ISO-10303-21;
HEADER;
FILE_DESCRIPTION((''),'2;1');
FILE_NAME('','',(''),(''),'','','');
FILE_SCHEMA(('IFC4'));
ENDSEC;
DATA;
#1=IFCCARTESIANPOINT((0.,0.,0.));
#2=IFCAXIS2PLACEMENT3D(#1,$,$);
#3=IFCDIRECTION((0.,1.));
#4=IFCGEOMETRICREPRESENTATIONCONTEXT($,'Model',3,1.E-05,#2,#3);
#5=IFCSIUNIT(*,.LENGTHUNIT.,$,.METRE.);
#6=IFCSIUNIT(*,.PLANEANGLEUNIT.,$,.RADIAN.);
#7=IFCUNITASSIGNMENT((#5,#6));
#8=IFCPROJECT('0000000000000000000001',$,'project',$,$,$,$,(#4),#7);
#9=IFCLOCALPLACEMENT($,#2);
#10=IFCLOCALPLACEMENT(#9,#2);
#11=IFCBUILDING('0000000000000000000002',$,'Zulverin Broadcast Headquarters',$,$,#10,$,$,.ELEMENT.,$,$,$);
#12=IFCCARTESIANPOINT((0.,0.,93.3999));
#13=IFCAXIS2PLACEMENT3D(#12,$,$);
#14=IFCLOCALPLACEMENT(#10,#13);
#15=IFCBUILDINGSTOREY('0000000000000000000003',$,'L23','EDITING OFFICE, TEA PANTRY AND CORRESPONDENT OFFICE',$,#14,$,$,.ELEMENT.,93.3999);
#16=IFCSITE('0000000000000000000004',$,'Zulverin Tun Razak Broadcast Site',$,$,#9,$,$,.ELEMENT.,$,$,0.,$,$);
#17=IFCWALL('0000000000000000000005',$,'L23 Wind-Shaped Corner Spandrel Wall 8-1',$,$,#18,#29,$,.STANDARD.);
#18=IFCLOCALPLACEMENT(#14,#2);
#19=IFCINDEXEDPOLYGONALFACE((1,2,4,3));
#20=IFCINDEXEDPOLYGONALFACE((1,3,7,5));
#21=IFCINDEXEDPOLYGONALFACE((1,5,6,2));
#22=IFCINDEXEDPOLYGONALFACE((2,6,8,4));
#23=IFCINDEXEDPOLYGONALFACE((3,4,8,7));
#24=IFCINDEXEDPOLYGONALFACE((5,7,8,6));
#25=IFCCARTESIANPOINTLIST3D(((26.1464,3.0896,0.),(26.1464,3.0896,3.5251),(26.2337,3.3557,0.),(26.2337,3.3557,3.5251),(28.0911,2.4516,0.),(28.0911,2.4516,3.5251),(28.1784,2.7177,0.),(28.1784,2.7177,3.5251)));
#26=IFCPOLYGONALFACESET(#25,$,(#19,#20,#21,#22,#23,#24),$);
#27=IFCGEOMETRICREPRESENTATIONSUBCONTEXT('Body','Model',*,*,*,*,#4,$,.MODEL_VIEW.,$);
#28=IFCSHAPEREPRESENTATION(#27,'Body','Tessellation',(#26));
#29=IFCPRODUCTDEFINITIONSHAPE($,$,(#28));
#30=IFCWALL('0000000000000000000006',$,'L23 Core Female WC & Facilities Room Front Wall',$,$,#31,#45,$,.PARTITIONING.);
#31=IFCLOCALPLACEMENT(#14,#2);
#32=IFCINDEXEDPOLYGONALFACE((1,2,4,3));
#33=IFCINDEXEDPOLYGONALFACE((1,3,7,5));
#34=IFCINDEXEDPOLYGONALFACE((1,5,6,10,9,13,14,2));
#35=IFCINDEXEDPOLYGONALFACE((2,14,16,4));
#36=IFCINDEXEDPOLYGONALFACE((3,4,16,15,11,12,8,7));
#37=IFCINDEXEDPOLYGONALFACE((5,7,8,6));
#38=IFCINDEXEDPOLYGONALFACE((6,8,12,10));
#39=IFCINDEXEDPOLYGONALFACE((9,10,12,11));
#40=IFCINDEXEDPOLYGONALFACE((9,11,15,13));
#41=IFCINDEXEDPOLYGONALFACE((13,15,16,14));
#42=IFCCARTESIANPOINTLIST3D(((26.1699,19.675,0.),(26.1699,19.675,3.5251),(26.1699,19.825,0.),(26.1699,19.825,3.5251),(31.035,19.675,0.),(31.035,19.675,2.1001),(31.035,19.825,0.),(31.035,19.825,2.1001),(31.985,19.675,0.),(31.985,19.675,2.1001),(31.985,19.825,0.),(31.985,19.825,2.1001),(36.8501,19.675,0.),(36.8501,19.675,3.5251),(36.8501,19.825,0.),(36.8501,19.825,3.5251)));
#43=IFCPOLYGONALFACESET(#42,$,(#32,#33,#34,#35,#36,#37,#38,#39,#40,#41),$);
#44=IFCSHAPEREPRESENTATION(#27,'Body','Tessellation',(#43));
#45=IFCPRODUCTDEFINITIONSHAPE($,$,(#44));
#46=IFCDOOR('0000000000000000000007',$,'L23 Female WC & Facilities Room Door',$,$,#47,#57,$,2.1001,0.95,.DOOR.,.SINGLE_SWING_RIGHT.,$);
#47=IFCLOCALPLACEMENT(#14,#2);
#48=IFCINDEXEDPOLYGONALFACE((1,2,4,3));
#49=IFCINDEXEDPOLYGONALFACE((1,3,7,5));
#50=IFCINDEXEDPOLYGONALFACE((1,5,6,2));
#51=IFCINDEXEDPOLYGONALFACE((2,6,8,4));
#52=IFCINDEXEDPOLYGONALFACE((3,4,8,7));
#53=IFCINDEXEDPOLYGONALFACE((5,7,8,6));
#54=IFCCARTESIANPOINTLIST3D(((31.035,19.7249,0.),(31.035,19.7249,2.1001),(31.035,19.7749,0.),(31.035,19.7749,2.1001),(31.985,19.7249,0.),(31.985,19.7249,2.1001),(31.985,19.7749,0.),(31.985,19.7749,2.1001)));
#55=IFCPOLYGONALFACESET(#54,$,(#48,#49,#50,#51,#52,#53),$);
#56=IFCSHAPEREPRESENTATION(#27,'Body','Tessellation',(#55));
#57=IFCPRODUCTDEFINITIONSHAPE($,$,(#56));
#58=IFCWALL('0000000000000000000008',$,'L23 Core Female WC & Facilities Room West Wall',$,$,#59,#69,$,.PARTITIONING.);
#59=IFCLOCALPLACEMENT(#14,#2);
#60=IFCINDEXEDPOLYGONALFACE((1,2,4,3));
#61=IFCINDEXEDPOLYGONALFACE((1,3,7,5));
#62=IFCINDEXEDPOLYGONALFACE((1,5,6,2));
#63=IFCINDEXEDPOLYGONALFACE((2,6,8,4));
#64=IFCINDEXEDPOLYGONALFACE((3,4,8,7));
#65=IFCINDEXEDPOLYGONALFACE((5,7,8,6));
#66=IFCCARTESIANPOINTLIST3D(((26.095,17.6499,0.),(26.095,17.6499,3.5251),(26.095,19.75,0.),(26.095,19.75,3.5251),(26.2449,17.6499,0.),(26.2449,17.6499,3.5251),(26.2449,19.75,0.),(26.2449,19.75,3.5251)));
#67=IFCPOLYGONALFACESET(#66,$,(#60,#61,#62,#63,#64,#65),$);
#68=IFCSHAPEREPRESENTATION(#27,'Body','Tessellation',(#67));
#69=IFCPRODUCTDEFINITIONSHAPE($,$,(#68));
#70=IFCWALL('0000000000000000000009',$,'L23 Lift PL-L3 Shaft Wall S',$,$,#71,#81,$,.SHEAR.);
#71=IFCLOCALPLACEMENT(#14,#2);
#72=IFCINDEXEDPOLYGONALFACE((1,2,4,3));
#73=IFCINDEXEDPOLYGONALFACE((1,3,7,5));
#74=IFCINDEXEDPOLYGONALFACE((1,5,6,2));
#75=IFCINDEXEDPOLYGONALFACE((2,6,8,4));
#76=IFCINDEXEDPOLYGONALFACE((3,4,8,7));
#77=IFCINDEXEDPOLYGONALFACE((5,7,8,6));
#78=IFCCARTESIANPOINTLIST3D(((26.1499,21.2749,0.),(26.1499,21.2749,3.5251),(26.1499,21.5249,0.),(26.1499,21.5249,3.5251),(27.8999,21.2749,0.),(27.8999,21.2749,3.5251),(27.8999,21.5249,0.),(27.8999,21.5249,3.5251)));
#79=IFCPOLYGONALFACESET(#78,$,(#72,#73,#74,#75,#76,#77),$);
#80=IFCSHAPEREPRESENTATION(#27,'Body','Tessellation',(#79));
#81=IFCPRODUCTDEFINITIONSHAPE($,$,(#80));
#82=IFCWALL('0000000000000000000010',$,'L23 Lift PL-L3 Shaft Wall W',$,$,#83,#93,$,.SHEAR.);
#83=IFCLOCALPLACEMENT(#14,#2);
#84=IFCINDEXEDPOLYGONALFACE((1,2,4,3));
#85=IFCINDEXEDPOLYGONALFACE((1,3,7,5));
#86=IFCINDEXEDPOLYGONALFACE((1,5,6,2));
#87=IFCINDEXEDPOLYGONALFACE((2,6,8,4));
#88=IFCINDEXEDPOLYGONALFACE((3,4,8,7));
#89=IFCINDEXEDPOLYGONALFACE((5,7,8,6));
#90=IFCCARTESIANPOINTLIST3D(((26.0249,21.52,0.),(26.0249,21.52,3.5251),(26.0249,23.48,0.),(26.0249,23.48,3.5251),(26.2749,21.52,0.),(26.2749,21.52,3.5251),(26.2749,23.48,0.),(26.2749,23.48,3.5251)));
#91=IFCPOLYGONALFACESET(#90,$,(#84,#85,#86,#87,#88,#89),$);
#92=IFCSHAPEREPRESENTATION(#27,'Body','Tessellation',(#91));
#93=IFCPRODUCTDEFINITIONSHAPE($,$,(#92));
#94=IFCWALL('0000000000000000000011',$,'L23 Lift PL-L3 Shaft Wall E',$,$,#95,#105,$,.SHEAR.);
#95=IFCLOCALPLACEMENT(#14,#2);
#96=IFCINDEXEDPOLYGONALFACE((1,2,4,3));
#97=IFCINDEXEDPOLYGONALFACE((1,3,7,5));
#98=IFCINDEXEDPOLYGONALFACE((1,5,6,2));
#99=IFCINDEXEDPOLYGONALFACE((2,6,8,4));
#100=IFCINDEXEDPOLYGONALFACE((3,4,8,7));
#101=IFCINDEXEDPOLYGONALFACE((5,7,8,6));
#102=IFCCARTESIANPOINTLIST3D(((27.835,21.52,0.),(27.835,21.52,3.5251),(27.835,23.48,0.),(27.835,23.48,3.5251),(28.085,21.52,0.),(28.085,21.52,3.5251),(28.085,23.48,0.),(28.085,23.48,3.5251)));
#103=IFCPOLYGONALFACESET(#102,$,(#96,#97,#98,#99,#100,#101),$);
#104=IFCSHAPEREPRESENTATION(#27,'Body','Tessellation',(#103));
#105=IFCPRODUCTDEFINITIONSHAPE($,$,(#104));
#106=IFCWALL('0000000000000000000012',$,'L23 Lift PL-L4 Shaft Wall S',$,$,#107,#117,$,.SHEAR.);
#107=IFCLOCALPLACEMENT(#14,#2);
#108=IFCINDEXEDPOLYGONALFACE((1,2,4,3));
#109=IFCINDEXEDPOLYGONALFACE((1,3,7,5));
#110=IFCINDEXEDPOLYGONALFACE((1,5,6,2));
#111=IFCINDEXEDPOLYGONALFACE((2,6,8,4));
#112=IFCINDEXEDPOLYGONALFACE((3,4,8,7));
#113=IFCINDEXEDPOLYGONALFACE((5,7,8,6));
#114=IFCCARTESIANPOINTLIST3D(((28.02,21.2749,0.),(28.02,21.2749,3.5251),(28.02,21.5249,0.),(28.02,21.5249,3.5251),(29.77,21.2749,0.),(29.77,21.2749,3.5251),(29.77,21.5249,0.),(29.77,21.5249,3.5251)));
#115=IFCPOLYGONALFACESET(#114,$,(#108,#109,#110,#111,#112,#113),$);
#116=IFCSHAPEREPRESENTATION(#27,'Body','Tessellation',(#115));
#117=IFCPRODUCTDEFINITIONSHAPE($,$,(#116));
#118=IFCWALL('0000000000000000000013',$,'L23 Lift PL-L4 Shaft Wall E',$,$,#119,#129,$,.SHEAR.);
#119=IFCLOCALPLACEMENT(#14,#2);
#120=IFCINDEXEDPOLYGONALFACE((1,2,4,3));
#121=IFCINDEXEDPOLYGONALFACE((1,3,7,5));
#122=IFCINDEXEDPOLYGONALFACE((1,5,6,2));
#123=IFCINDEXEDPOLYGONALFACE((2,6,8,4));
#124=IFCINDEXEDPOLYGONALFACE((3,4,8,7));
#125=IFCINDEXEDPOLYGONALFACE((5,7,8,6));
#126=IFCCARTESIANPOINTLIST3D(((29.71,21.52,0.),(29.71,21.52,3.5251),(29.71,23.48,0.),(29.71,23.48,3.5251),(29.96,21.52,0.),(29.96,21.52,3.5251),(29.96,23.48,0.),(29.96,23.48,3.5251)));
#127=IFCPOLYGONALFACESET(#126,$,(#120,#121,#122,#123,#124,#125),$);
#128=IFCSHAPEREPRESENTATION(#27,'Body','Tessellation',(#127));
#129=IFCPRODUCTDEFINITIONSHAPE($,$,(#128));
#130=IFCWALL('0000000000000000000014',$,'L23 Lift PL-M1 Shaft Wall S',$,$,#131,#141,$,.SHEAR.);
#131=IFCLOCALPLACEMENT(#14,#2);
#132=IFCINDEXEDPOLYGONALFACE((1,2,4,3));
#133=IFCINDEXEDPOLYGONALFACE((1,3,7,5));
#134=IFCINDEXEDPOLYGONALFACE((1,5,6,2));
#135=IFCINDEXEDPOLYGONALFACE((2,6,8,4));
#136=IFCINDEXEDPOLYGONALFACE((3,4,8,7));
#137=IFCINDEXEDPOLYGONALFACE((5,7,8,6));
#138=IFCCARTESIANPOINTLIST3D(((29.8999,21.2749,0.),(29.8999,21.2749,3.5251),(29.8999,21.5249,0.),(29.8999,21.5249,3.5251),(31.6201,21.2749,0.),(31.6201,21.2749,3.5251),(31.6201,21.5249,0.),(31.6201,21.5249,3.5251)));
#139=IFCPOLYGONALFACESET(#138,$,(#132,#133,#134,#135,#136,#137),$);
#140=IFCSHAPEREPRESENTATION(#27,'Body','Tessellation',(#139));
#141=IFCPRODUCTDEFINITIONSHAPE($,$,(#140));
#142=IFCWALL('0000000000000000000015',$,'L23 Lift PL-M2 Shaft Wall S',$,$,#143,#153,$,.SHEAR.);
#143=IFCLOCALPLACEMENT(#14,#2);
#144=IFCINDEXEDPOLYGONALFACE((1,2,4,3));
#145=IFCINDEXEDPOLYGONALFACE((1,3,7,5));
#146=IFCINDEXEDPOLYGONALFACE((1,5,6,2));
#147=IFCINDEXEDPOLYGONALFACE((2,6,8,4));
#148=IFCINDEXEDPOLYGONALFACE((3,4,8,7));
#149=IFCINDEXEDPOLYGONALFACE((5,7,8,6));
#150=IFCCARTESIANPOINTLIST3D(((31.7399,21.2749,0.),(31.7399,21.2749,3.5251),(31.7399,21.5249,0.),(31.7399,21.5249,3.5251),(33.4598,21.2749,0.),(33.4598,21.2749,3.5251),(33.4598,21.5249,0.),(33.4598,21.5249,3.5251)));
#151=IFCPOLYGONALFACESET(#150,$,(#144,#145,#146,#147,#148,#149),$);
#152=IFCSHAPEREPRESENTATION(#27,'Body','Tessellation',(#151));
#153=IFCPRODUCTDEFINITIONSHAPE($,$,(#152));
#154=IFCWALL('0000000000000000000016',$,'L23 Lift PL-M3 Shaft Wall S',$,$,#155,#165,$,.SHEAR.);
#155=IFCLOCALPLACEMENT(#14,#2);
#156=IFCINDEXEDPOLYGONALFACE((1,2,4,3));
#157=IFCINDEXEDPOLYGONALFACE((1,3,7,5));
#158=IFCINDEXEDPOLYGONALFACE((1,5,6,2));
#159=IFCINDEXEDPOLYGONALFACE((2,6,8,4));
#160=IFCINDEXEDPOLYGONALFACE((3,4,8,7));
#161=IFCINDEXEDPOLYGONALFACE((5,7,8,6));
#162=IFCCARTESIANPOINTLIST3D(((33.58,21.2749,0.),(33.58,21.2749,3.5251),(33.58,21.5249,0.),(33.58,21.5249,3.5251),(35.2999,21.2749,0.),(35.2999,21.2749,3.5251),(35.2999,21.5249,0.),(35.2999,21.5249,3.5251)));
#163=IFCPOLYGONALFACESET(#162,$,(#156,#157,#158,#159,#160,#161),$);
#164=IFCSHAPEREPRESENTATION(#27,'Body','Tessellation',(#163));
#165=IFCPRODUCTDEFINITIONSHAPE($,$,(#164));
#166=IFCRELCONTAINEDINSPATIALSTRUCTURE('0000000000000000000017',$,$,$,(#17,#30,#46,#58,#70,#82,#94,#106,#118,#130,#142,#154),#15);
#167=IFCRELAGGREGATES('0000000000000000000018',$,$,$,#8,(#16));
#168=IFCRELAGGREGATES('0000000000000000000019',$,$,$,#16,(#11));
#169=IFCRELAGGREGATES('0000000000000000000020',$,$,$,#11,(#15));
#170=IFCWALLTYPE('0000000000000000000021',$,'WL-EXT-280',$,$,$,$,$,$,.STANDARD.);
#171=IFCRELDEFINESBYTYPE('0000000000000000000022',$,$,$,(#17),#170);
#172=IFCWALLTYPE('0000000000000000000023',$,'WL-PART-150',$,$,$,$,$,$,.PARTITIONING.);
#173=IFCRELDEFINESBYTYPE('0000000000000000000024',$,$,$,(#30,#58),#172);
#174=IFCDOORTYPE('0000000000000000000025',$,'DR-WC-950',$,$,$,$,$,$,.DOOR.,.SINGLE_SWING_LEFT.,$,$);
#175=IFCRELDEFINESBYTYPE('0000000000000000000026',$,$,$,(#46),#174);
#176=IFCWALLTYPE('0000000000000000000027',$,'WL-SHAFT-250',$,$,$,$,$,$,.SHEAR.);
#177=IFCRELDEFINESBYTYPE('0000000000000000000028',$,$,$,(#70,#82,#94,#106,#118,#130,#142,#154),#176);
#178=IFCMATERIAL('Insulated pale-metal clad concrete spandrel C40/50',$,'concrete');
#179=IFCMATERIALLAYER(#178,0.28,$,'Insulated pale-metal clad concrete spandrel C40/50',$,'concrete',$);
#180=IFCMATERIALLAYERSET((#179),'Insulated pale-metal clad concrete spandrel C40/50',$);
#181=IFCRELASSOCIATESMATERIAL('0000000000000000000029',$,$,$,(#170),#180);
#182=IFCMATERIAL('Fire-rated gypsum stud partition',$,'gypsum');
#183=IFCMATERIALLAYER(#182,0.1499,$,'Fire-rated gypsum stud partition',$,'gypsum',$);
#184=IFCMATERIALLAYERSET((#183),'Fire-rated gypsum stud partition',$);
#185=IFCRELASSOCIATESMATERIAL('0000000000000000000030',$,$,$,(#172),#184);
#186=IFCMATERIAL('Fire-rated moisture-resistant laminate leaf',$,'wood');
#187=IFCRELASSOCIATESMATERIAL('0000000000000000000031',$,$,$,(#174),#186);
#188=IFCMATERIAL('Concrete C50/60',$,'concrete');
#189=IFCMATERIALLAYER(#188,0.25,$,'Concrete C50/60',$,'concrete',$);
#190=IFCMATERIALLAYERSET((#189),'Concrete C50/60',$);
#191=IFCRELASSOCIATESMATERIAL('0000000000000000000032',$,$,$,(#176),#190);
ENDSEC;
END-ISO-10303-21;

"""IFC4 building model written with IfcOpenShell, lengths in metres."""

from ifc_helpers import new_model, si_unit, direction, frame, frame_2d, origin, place, context, subcontext, project, spatial, rectangle, extrude, material, layer, layer_set, type_object, element, fill, save


model = new_model("IFC4")

# Units and contexts
model_context = context("Model", 3, precision=1e-05, world=origin(), true_north=direction((0.0, 1.0)))
body_context = subcontext(model_context, "Body", "Model", "MODEL_VIEW")
ifc_project = project(units=[si_unit("LENGTHUNIT", "METRE"), si_unit("PLANEANGLEUNIT", "RADIAN")], contexts=[model_context])

# Site, building, storey
site_placement = place(None, origin())
site = spatial("IfcSite", under=ifc_project, at=site_placement, Name="Zulverin Tun Razak Broadcast Site", CompositionType="ELEMENT", RefElevation=0.0)
building_placement = place(site_placement, origin())
building = spatial("IfcBuilding", under=site, at=building_placement, Name="Zulverin Broadcast Headquarters", CompositionType="ELEMENT")
storey_placement = place(building_placement, frame((0.0, 0.0, 93.3999)))
storey = spatial("IfcBuildingStorey", under=building, at=storey_placement, Name="L23", Description="EDITING OFFICE, TEA PANTRY AND CORRESPONDENT OFFICE", CompositionType="ELEMENT", Elevation=93.3999)

# Wall
ifc_material_1 = material(Name="Insulated pale-metal clad concrete spandrel C40/50", Category="concrete")
ifc_layer_1 = layer(ifc_material_1, 0.28, Name="Insulated pale-metal clad concrete spandrel C40/50", Category="concrete")
ifc_layer_set_1 = layer_set([ifc_layer_1], Name="Insulated pale-metal clad concrete spandrel C40/50")
wall_type_1 = type_object("IfcWallType", Name="WL-EXT-280", PredefinedType="STANDARD", material=ifc_layer_set_1)
wall_1_placement = place(storey_placement, frame((26.1899, 3.2227, 0.0), z_axis=(0.0, 0.0, 1.0), x_axis=(0.950176, -0.311715, 0.0)))
element("IfcWall", 1, at=wall_1_placement, inside=storey, type_object=wall_type_1, Name="L23 Wind-Shaped Corner Spandrel Wall 8-1", PredefinedType="STANDARD", context=body_context, shape_type="SweptSolid", body=[
    extrude(rectangle(XDim=2.0466, YDim=0.28, at=frame_2d((1.0234, 0.0))), origin(), (0.0, 0.0, 1.0), 3.5251),
])

# Wall, opening, door
ifc_material_2 = material(Name="Fire-rated gypsum stud partition", Category="gypsum")
ifc_layer_2 = layer(ifc_material_2, 0.1499, Name="Fire-rated gypsum stud partition", Category="gypsum")
ifc_layer_set_2 = layer_set([ifc_layer_2], Name="Fire-rated gypsum stud partition")
wall_type_2 = type_object("IfcWallType", Name="WL-PART-150", PredefinedType="PARTITIONING", material=ifc_layer_set_2)
wall_2_placement = place(storey_placement, frame((26.1699, 19.75, 0.0), z_axis=(0.0, 0.0, 1.0), x_axis=(1.0, 0.0, 0.0)))
wall_2 = element("IfcWall", 2, at=wall_2_placement, inside=storey, type_object=wall_type_2, Name="L23 Core Female WC & Facilities Room Front Wall", PredefinedType="PARTITIONING", context=body_context, shape_type="SweptSolid", body=[
    extrude(rectangle(XDim=10.6802, YDim=0.1499, at=frame_2d((5.3401, 0.0))), origin(), (0.0, 0.0, 1.0), 3.5251),
])
opening_placement = place(wall_2_placement, frame((4.865, 0.0, 0.0)))
opening = element("IfcOpeningElement", 3, at=opening_placement, cuts=wall_2, PredefinedType="OPENING", context=body_context, shape_type="SweptSolid", body=[
    extrude(rectangle(XDim=0.95, YDim=2.1001, at=frame_2d((0.4751, 1.05))), frame((0.0, 0.085, 0.0), z_axis=(0.0, -1.0, 0.0), x_axis=(1.0, 0.0, 0.0)), (0.0, 0.0, 1.0), 0.1699),
])
ifc_material_3 = material(Name="Fire-rated moisture-resistant laminate leaf", Category="wood")
door_type = type_object("IfcDoorType", Name="DR-WC-950", OperationType="SINGLE_SWING_LEFT", PredefinedType="DOOR", material=ifc_material_3)
door_placement = place(opening_placement, origin())
door = element("IfcDoor", 4, at=door_placement, inside=storey, type_object=door_type, Name="L23 Female WC & Facilities Room Door", OperationType="SINGLE_SWING_RIGHT", OverallHeight=2.1001, OverallWidth=0.95, PredefinedType="DOOR", context=body_context, shape_type="SweptSolid", body=[
    extrude(rectangle(XDim=0.95, YDim=2.1001, at=frame_2d((0.4751, 1.05))), frame((0.0, 0.0249, 0.0), z_axis=(0.0, -1.0, 0.0), x_axis=(1.0, 0.0, 0.0)), (0.0, 0.0, 1.0), 0.05),
])
fill(opening, door)

# Walls
wall_3_placement = place(storey_placement, frame((26.1699, 17.6499, 0.0), z_axis=(0.0, 0.0, 1.0), x_axis=(0.0, 1.0, 0.0)))
element("IfcWall", 5, at=wall_3_placement, inside=storey, type_object=wall_type_2, Name="L23 Core Female WC & Facilities Room West Wall", PredefinedType="PARTITIONING", context=body_context, shape_type="SweptSolid", body=[
    extrude(rectangle(XDim=2.1001, YDim=0.1499, at=frame_2d((1.05, 0.0))), origin(), (0.0, 0.0, 1.0), 3.5251),
])
ifc_material_4 = material(Name="Concrete C50/60", Category="concrete")
ifc_layer_3 = layer(ifc_material_4, 0.25, Name="Concrete C50/60", Category="concrete")
ifc_layer_set_3 = layer_set([ifc_layer_3], Name="Concrete C50/60")
wall_type_3 = type_object("IfcWallType", Name="WL-SHAFT-250", PredefinedType="SHEAR", material=ifc_layer_set_3)
wall_4_placement = place(storey_placement, frame((26.1499, 21.3999, 0.0), z_axis=(0.0, 0.0, 1.0), x_axis=(1.0, 0.0, 0.0)))
element("IfcWall", 6, at=wall_4_placement, inside=storey, type_object=wall_type_3, Name="L23 Lift PL-L3 Shaft Wall S", PredefinedType="SHEAR", context=body_context, shape_type="SweptSolid", body=[
    extrude(rectangle(XDim=1.75, YDim=0.25, at=frame_2d((0.875, 0.0))), origin(), (0.0, 0.0, 1.0), 3.5251),
])
for number, where, z_axis, x_axis, name in (
    (7, (26.1499, 21.52, 0.0), (0.0, 0.0, 1.0), (0.0, 1.0, 0.0), "L23 Lift PL-L3 Shaft Wall W"),
    (8, (27.96, 21.52, 0.0), (0.0, 0.0, 1.0), (0.0, 1.0, 0.0), "L23 Lift PL-L3 Shaft Wall E"),
):
    element("IfcWall", number, at=place(storey_placement, frame(where, z_axis=z_axis, x_axis=x_axis)), inside=storey, type_object=wall_type_3, Name=name, PredefinedType="SHEAR", context=body_context, shape_type="SweptSolid", body=[
        extrude(rectangle(XDim=1.96, YDim=0.25, at=frame_2d((0.98, 0.0))), origin(), (0.0, 0.0, 1.0), 3.5251),
    ])
wall_5_placement = place(storey_placement, frame((28.02, 21.3999, 0.0), z_axis=(0.0, 0.0, 1.0), x_axis=(1.0, 0.0, 0.0)))
element("IfcWall", 9, at=wall_5_placement, inside=storey, type_object=wall_type_3, Name="L23 Lift PL-L4 Shaft Wall S", PredefinedType="SHEAR", context=body_context, shape_type="SweptSolid", body=[
    extrude(rectangle(XDim=1.75, YDim=0.25, at=frame_2d((0.875, 0.0))), origin(), (0.0, 0.0, 1.0), 3.5251),
])
wall_6_placement = place(storey_placement, frame((29.835, 21.52, 0.0), z_axis=(0.0, 0.0, 1.0), x_axis=(0.0, 1.0, 0.0)))
element("IfcWall", 10, at=wall_6_placement, inside=storey, type_object=wall_type_3, Name="L23 Lift PL-L4 Shaft Wall E", PredefinedType="SHEAR", context=body_context, shape_type="SweptSolid", body=[
    extrude(rectangle(XDim=1.96, YDim=0.25, at=frame_2d((0.98, 0.0))), origin(), (0.0, 0.0, 1.0), 3.5251),
])
wall_7_placement = place(storey_placement, frame((29.8999, 21.3999, 0.0), z_axis=(0.0, 0.0, 1.0), x_axis=(1.0, 0.0, 0.0)))
element("IfcWall", 11, at=wall_7_placement, inside=storey, type_object=wall_type_3, Name="L23 Lift PL-M1 Shaft Wall S", PredefinedType="SHEAR", context=body_context, shape_type="SweptSolid", body=[
    extrude(rectangle(XDim=1.7202, YDim=0.25, at=frame_2d((0.8601, 0.0))), origin(), (0.0, 0.0, 1.0), 3.5251),
])
for number, where, z_axis, x_axis, name in (
    (12, (31.74, 21.3999, 0.0), (0.0, 0.0, 1.0), (1.0, 0.0, 0.0), "L23 Lift PL-M2 Shaft Wall S"),
    (13, (33.5801, 21.3999, 0.0), (0.0, 0.0, 1.0), (1.0, 0.0, 0.0), "L23 Lift PL-M3 Shaft Wall S"),
):
    element("IfcWall", number, at=place(storey_placement, frame(where, z_axis=z_axis, x_axis=x_axis)), inside=storey, type_object=wall_type_3, Name=name, PredefinedType="SHEAR", context=body_context, shape_type="SweptSolid", body=[
        extrude(rectangle(XDim=1.72, YDim=0.25, at=frame_2d((0.8599, 0.0))), origin(), (0.0, 0.0, 1.0), 3.5251),
    ])

save(model, "model.ifc")
